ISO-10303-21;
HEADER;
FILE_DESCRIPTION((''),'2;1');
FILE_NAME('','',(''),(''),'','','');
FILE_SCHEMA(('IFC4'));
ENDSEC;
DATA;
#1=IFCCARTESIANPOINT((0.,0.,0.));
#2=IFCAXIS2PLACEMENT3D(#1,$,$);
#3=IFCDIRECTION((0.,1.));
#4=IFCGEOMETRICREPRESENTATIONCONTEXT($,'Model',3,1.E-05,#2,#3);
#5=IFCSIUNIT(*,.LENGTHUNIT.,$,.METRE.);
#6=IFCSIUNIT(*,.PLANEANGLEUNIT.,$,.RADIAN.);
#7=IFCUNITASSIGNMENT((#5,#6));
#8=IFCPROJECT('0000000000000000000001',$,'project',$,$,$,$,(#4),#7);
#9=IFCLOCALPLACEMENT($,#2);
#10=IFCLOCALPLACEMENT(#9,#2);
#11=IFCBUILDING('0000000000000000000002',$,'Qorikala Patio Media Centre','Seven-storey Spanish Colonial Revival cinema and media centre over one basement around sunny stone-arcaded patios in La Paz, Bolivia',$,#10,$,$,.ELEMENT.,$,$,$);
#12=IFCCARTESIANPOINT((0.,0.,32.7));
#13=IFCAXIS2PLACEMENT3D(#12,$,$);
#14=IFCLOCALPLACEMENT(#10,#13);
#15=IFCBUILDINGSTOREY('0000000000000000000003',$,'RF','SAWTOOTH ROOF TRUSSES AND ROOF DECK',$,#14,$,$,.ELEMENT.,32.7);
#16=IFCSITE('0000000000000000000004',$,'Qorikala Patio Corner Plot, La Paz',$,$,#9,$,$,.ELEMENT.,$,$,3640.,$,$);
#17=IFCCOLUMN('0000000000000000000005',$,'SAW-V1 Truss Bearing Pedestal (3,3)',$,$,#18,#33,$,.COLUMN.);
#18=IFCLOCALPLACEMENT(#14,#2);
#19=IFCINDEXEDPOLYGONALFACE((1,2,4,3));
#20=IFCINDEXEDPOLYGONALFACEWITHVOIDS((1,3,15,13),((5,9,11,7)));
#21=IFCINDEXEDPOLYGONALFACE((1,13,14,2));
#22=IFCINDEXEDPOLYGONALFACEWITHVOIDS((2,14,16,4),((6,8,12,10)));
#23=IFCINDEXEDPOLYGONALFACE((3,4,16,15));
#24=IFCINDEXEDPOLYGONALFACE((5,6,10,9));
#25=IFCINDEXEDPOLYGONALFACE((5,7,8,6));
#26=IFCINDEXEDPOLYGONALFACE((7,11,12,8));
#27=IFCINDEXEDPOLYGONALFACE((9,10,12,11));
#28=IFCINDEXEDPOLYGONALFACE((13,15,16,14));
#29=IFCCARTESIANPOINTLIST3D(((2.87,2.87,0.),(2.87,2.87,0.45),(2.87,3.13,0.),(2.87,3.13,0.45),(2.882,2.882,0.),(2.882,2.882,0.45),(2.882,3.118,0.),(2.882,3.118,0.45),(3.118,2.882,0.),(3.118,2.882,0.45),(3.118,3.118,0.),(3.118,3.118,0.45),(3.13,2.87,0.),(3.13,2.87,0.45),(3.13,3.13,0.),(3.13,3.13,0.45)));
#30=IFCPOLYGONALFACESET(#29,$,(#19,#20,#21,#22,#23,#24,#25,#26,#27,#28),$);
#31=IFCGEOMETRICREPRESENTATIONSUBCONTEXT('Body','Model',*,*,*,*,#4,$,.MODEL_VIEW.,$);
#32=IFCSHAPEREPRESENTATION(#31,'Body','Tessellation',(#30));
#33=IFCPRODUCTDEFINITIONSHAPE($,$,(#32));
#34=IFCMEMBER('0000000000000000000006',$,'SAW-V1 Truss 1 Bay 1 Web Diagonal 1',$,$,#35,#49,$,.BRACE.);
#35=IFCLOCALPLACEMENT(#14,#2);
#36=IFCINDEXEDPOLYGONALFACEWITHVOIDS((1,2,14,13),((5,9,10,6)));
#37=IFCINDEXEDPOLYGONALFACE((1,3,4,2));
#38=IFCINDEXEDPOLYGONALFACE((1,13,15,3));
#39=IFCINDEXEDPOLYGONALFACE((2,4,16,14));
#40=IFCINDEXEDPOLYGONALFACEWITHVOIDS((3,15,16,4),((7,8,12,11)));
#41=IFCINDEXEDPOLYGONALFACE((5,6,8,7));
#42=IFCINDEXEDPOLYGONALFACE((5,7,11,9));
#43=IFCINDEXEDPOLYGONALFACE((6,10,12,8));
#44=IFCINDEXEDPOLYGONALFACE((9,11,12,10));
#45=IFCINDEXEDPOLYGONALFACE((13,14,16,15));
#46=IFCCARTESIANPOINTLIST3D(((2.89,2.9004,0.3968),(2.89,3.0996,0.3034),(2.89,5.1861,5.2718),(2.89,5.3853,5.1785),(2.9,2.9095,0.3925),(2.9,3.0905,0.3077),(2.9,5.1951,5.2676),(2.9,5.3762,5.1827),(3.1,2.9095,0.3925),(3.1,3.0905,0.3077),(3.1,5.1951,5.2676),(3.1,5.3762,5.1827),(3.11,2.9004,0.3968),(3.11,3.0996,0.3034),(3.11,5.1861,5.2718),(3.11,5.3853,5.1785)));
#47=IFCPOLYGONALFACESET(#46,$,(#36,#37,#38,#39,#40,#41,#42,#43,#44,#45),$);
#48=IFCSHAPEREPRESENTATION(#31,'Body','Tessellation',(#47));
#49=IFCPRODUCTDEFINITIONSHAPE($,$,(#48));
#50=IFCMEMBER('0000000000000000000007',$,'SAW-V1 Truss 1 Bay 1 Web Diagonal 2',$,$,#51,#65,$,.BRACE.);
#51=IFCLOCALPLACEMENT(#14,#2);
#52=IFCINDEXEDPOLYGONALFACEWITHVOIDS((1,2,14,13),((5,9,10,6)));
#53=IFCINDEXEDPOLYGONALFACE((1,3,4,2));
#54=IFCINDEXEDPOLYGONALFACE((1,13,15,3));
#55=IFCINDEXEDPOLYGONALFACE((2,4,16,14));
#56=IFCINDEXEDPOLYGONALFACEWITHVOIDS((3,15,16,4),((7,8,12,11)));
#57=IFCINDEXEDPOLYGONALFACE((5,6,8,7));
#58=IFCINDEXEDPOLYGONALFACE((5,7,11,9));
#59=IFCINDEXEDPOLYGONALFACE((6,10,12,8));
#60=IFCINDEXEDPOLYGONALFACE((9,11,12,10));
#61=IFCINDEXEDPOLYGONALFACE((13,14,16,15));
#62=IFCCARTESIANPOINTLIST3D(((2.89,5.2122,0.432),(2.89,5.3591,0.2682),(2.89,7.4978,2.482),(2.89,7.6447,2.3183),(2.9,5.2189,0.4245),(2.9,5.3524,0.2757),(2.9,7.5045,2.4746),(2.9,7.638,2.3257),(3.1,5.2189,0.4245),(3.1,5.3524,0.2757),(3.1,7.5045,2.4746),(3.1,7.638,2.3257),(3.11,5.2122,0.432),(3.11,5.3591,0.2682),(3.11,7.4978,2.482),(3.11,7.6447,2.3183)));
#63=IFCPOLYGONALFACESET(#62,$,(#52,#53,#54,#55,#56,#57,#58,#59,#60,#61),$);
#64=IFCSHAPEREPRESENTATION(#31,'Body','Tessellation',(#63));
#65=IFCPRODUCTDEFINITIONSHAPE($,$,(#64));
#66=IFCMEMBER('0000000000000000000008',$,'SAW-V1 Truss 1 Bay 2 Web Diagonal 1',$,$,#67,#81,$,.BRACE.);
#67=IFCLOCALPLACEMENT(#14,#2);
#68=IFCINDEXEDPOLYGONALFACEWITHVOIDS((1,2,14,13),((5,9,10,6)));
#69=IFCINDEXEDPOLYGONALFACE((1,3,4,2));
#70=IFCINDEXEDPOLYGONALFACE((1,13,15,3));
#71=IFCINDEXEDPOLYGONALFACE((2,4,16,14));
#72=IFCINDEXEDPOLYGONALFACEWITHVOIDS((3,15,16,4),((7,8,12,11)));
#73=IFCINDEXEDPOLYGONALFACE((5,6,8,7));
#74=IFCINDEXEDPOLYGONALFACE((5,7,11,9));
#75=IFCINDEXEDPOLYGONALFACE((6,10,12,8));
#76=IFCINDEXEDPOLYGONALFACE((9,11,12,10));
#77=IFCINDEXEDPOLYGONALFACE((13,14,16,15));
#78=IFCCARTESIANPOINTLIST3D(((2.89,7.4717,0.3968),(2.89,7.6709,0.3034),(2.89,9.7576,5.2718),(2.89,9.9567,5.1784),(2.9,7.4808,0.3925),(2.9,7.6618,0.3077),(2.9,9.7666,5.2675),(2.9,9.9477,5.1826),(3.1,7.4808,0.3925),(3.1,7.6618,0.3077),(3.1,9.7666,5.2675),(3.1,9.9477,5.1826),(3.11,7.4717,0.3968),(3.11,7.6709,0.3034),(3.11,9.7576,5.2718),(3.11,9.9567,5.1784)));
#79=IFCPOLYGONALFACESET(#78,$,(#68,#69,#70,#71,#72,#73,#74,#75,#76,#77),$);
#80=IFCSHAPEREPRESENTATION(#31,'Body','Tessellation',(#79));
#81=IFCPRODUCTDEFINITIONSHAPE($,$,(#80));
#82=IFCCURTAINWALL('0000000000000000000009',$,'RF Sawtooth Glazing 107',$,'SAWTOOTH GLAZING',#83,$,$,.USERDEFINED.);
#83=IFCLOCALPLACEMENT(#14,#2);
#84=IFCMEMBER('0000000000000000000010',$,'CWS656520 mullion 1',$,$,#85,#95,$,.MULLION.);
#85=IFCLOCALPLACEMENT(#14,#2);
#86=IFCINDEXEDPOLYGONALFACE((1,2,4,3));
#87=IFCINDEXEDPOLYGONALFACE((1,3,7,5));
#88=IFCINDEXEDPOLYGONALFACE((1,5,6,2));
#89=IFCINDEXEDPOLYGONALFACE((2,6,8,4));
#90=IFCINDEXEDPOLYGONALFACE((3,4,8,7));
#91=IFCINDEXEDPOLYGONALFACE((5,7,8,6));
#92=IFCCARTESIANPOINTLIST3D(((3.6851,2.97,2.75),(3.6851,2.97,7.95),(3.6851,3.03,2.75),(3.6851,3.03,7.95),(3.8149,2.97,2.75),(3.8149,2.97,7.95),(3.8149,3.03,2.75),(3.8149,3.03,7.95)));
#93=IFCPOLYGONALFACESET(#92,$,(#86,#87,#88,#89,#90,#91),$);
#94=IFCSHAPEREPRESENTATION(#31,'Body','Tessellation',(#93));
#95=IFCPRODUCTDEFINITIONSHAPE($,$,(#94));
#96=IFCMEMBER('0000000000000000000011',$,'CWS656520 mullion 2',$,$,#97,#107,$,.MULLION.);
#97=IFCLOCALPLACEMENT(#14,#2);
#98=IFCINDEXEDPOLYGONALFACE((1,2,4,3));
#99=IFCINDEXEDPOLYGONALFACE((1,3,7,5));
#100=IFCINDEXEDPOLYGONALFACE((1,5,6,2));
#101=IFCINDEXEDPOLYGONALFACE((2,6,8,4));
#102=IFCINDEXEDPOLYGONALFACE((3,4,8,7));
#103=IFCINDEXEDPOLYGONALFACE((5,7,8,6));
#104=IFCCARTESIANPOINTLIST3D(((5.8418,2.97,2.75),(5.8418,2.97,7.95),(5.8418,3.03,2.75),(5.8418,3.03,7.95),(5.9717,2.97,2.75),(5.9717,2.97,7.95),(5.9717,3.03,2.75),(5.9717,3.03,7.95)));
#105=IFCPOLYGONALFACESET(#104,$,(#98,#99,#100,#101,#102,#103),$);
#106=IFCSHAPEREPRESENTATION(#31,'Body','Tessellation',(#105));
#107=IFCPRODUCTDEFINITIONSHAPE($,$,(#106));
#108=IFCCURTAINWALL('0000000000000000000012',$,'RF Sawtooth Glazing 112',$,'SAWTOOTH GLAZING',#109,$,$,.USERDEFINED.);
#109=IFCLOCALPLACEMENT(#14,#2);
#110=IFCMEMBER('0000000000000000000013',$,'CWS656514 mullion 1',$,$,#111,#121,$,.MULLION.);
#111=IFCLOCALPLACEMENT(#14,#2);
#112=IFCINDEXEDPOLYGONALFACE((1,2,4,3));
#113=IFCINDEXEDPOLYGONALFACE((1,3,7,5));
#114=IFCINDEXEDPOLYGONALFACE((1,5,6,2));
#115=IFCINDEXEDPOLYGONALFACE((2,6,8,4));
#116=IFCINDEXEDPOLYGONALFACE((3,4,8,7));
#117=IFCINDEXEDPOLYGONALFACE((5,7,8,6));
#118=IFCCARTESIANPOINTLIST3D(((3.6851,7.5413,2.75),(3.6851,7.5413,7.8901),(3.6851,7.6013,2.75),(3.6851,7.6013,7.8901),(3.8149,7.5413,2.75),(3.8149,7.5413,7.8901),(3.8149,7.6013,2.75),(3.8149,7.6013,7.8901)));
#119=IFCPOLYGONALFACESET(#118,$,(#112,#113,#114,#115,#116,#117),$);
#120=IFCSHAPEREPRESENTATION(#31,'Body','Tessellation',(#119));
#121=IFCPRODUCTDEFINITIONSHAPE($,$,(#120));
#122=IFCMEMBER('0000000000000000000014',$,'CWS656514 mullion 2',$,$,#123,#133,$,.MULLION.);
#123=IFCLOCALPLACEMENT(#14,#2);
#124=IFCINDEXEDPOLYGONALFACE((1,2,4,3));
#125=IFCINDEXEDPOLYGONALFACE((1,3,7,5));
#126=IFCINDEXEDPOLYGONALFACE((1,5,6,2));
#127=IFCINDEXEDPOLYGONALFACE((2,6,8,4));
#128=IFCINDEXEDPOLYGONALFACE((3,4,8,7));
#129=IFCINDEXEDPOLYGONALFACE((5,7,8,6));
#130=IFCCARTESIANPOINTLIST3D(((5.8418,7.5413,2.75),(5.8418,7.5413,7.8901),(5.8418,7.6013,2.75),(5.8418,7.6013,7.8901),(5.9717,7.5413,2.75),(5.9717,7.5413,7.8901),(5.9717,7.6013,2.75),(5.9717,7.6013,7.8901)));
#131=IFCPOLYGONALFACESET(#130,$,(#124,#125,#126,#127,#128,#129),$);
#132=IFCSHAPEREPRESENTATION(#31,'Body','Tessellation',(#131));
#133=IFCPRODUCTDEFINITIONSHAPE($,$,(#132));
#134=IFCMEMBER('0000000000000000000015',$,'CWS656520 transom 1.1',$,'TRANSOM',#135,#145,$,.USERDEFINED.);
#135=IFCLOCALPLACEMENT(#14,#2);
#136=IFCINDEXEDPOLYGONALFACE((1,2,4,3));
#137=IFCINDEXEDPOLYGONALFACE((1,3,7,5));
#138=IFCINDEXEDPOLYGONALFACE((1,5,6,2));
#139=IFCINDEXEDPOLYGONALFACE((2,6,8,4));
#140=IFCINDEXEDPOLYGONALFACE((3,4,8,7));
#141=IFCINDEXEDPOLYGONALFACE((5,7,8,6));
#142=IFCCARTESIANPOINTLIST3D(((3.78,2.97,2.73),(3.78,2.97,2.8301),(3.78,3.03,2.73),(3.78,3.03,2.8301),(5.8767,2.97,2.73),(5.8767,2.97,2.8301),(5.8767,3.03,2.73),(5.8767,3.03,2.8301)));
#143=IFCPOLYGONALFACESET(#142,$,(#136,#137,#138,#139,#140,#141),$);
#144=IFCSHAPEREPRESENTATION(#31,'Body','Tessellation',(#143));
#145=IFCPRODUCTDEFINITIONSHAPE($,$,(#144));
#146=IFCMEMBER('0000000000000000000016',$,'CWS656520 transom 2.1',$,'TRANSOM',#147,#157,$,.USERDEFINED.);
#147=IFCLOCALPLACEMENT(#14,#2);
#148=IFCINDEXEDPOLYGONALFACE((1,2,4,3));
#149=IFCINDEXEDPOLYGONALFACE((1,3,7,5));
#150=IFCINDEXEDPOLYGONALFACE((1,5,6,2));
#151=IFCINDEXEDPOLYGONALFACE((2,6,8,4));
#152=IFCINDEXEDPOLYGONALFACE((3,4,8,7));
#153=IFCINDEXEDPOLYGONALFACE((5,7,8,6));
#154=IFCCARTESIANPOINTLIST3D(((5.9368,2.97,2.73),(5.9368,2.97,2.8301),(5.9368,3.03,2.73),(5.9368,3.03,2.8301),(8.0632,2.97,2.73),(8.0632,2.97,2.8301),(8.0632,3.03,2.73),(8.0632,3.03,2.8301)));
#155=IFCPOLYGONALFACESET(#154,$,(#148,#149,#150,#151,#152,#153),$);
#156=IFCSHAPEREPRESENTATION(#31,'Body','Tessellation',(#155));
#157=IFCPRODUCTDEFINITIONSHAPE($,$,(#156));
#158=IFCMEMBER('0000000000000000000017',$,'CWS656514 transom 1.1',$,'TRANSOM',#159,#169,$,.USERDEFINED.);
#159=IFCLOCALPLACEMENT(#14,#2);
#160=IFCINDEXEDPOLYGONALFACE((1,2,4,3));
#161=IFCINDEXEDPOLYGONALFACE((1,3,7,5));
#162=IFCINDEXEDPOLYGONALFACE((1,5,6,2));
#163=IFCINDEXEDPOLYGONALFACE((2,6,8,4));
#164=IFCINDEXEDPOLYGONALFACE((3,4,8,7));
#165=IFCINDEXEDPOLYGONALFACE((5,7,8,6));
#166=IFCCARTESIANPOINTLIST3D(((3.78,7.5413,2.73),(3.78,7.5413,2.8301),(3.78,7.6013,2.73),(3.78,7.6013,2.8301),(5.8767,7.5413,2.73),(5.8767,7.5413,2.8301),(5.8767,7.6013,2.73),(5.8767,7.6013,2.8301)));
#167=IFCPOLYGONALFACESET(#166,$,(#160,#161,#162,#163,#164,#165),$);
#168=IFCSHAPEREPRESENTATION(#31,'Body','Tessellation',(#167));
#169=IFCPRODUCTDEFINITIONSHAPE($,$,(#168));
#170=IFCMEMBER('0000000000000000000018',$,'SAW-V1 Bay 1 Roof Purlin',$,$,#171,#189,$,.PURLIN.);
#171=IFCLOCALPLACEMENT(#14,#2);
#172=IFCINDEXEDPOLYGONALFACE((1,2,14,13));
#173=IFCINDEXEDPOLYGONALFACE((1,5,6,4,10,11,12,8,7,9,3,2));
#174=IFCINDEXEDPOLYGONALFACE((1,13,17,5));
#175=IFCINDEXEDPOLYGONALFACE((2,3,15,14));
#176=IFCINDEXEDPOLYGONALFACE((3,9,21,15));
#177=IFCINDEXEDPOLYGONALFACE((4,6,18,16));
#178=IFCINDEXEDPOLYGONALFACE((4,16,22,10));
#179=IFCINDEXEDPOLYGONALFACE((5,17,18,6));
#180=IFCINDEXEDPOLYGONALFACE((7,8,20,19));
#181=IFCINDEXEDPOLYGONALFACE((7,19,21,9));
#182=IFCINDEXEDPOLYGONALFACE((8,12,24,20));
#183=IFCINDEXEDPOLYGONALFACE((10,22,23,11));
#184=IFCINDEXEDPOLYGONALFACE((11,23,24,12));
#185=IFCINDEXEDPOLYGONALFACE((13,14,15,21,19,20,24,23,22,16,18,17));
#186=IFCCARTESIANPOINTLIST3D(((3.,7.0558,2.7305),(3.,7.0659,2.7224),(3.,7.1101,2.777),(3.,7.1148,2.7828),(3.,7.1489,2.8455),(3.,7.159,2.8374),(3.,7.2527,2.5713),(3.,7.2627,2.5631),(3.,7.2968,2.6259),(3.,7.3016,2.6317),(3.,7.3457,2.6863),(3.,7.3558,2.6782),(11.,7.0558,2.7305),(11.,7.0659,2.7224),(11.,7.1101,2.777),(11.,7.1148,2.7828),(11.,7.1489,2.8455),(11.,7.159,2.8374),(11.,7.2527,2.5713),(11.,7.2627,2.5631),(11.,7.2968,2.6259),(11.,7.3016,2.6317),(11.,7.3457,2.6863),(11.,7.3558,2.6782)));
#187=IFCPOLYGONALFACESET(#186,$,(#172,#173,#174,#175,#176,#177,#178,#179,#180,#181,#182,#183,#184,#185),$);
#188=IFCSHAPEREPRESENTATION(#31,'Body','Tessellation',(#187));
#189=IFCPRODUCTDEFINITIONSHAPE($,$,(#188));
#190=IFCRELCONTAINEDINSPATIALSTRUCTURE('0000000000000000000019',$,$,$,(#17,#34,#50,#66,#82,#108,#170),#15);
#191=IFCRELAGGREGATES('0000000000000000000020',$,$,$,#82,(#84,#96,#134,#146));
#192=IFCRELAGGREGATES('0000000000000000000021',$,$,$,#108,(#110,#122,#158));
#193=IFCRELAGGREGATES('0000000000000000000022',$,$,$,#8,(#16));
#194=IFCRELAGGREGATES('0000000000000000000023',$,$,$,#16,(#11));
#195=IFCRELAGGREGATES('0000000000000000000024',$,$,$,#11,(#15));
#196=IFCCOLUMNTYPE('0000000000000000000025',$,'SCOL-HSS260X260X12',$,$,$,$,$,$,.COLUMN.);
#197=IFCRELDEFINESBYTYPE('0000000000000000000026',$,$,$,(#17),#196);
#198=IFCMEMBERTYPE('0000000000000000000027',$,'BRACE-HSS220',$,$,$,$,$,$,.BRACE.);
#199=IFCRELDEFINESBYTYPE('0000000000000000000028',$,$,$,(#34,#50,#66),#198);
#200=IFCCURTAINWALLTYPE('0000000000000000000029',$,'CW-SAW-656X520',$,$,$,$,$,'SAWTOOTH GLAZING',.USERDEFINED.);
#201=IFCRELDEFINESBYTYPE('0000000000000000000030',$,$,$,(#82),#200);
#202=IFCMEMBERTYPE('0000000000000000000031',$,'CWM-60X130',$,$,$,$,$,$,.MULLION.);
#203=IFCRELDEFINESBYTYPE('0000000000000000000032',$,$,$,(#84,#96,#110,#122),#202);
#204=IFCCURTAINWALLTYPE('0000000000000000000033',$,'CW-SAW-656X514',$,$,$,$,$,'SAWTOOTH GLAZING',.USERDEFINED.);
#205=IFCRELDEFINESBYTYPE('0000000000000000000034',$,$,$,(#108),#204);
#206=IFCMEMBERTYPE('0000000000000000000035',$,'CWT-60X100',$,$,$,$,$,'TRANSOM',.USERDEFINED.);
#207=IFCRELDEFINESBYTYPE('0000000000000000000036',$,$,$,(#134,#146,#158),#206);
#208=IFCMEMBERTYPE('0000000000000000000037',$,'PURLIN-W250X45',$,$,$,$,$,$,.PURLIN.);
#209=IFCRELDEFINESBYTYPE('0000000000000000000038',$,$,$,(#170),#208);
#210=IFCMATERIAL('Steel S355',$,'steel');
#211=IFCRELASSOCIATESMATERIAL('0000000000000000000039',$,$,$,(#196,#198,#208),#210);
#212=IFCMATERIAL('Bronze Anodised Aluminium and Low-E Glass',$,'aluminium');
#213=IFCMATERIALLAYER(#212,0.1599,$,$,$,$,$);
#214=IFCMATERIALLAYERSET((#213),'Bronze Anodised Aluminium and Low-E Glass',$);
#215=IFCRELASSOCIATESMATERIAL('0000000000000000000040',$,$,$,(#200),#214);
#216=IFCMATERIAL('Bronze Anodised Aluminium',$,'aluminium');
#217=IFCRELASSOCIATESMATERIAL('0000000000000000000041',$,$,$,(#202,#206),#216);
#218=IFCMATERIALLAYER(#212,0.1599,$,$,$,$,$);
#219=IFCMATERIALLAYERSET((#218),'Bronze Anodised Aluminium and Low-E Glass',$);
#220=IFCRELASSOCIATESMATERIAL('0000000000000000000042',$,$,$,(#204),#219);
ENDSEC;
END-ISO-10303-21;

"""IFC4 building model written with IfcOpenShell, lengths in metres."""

from ifc_helpers import new_model, si_unit, direction, frame, origin, origin_2d, place, context, subcontext, project, spatial, rectangle, hollow_rectangle, i_section, extrude, material, layer, layer_set, material_profile, profile_set, type_object, element, aggregate, save


model = new_model("IFC4")

# Units and contexts
model_context = context("Model", 3, precision=1e-05, world=origin(), true_north=direction((0.0, 1.0)))
body_context = subcontext(model_context, "Body", "Model", "MODEL_VIEW")
ifc_project = project(units=[si_unit("LENGTHUNIT", "METRE"), si_unit("PLANEANGLEUNIT", "RADIAN")], contexts=[model_context])

# Site, building, storey
site_placement = place(None, origin())
site = spatial("IfcSite", under=ifc_project, at=site_placement, Name="Qorikala Patio Corner Plot, La Paz", CompositionType="ELEMENT", RefElevation=3640.0)
building_placement = place(site_placement, origin())
building = spatial("IfcBuilding", under=site, at=building_placement, Name="Qorikala Patio Media Centre", Description="Seven-storey Spanish Colonial Revival cinema and media centre over one basement around sunny stone-arcaded patios in La Paz, Bolivia", CompositionType="ELEMENT")
storey_placement = place(building_placement, frame((0.0, 0.0, 32.7)))
storey = spatial("IfcBuildingStorey", under=building, at=storey_placement, Name="RF", Description="SAWTOOTH ROOF TRUSSES AND ROOF DECK", CompositionType="ELEMENT", Elevation=32.7)

# Column
ifc_material_1 = material(Name="Steel S355", Category="steel")
ifc_material_profile_1 = material_profile(ifc_material_1, hollow_rectangle(XDim=0.26, YDim=0.26, WallThickness=0.012, at=origin_2d()), Name="HSS260X260X12")
ifc_profile_set_1 = profile_set([ifc_material_profile_1], Name="Steel S355")
column_type = type_object("IfcColumnType", Name="SCOL-HSS260X260X12", PredefinedType="COLUMN", material=ifc_profile_set_1)
column_placement = place(storey_placement, frame((3.0, 3.0, 0.0), z_axis=(0.0, 0.0, 1.0), x_axis=(1.0, 0.0, 0.0)))
element("IfcColumn", 1, at=column_placement, inside=storey, type_object=column_type, Name="SAW-V1 Truss Bearing Pedestal (3,3)", PredefinedType="COLUMN", context=body_context, shape_type="SweptSolid", body=[
    extrude(hollow_rectangle(XDim=0.26, YDim=0.26, WallThickness=0.012, at=origin_2d()), origin(), (0.0, 0.0, 1.0), 0.45),
])

# Members
ifc_material_profile_2 = material_profile(ifc_material_1, hollow_rectangle(XDim=0.22, YDim=0.22, WallThickness=0.01, at=origin_2d()), Name="HSS220X220X10")
ifc_profile_set_2 = profile_set([ifc_material_profile_2], Name="Steel S355")
member_type_1 = type_object("IfcMemberType", Name="BRACE-HSS220", PredefinedType="BRACE", material=ifc_profile_set_2)
member_1_placement = place(storey_placement, frame((3.0, 3.0, 0.3501), z_axis=(0.0, 0.424508, 0.905424), x_axis=(-1.0, 0.0, 0.0)))
element("IfcMember", 2, at=member_1_placement, inside=storey, type_object=member_type_1, Name="SAW-V1 Truss 1 Bay 1 Web Diagonal 1", PredefinedType="BRACE", context=body_context, shape_type="SweptSolid", body=[
    extrude(hollow_rectangle(XDim=0.22, YDim=0.22, WallThickness=0.01, at=origin_2d()), origin(), (0.0, 0.0, 1.0), 5.3843),
])
member_2_placement = place(storey_placement, frame((3.0, 5.2856, 0.3501), z_axis=(0.0, 0.744432, 0.667699), x_axis=(-1.0, 0.0, 0.0)))
element("IfcMember", 3, at=member_2_placement, inside=storey, type_object=member_type_1, Name="SAW-V1 Truss 1 Bay 1 Web Diagonal 2", PredefinedType="BRACE", context=body_context, shape_type="SweptSolid", body=[
    extrude(hollow_rectangle(XDim=0.22, YDim=0.22, WallThickness=0.01, at=origin_2d()), origin(), (0.0, 0.0, 1.0), 3.0703),
])
member_3_placement = place(storey_placement, frame((3.0, 7.5713, 0.3501), z_axis=(0.0, 0.424545, 0.905407), x_axis=(-1.0, 0.0, 0.0)))
element("IfcMember", 4, at=member_3_placement, inside=storey, type_object=member_type_1, Name="SAW-V1 Truss 1 Bay 2 Web Diagonal 1", PredefinedType="BRACE", context=body_context, shape_type="SweptSolid", body=[
    extrude(hollow_rectangle(XDim=0.22, YDim=0.22, WallThickness=0.01, at=origin_2d()), origin(), (0.0, 0.0, 1.0), 5.3843),
])

# Curtain walls, members
ifc_material_2 = material(Name="Bronze Anodised Aluminium and Low-E Glass", Category="aluminium")
ifc_layer_1 = layer(ifc_material_2, 0.1599)
ifc_layer_set_1 = layer_set([ifc_layer_1], Name="Bronze Anodised Aluminium and Low-E Glass")
curtain_wall_type_1 = type_object("IfcCurtainWallType", Name="CW-SAW-656X520", ElementType="SAWTOOTH GLAZING", PredefinedType="USERDEFINED", material=ifc_layer_set_1)
curtain_wall_1_placement = place(storey_placement, origin())
curtain_wall_1 = element("IfcCurtainWall", 5, at=curtain_wall_1_placement, inside=storey, type_object=curtain_wall_type_1, Name="RF Sawtooth Glazing 107", ObjectType="SAWTOOTH GLAZING", PredefinedType="USERDEFINED")
ifc_material_3 = material(Name="Bronze Anodised Aluminium", Category="aluminium")
ifc_material_profile_3 = material_profile(ifc_material_3, rectangle(XDim=0.0601, YDim=0.1299, at=origin_2d()), Name="ALU MULLION 60x130")
ifc_profile_set_3 = profile_set([ifc_material_profile_3], Name="Bronze Anodised Aluminium")
member_type_2 = type_object("IfcMemberType", Name="CWM-60X130", PredefinedType="MULLION", material=ifc_profile_set_3)
member_4_placement = place(storey_placement, frame((3.75, 3.0, 2.75), z_axis=(0.0, 0.0, 1.0), x_axis=(0.0, 1.0, 0.0)))
member_4 = element("IfcMember", 6, at=member_4_placement, type_object=member_type_2, Name="CWS656520 mullion 1", PredefinedType="MULLION", context=body_context, shape_type="SweptSolid", body=[
    extrude(rectangle(XDim=0.0601, YDim=0.1299, at=origin_2d()), origin(), (0.0, 0.0, 1.0), 5.2),
])
member_5_placement = place(storey_placement, frame((5.9067, 3.0, 2.75), z_axis=(0.0, 0.0, 1.0), x_axis=(0.0, 1.0, 0.0)))
member_5 = element("IfcMember", 7, at=member_5_placement, type_object=member_type_2, Name="CWS656520 mullion 2", PredefinedType="MULLION", context=body_context, shape_type="SweptSolid", body=[
    extrude(rectangle(XDim=0.0601, YDim=0.1299, at=origin_2d()), origin(), (0.0, 0.0, 1.0), 5.2),
])
ifc_layer_2 = layer(ifc_material_2, 0.1599)
ifc_layer_set_2 = layer_set([ifc_layer_2], Name="Bronze Anodised Aluminium and Low-E Glass")
curtain_wall_type_2 = type_object("IfcCurtainWallType", Name="CW-SAW-656X514", ElementType="SAWTOOTH GLAZING", PredefinedType="USERDEFINED", material=ifc_layer_set_2)
curtain_wall_2_placement = place(storey_placement, origin())
curtain_wall_2 = element("IfcCurtainWall", 8, at=curtain_wall_2_placement, inside=storey, type_object=curtain_wall_type_2, Name="RF Sawtooth Glazing 112", ObjectType="SAWTOOTH GLAZING", PredefinedType="USERDEFINED")
member_6_placement = place(storey_placement, frame((3.75, 7.5713, 2.75), z_axis=(0.0, 0.0, 1.0), x_axis=(0.0, 1.0, 0.0)))
member_6 = element("IfcMember", 9, at=member_6_placement, type_object=member_type_2, Name="CWS656514 mullion 1", PredefinedType="MULLION", context=body_context, shape_type="SweptSolid", body=[
    extrude(rectangle(XDim=0.0601, YDim=0.1299, at=origin_2d()), origin(), (0.0, 0.0, 1.0), 5.1401),
])
member_7_placement = place(storey_placement, frame((5.9067, 7.5713, 2.75), z_axis=(0.0, 0.0, 1.0), x_axis=(0.0, 1.0, 0.0)))
member_7 = element("IfcMember", 10, at=member_7_placement, type_object=member_type_2, Name="CWS656514 mullion 2", PredefinedType="MULLION", context=body_context, shape_type="SweptSolid", body=[
    extrude(rectangle(XDim=0.0601, YDim=0.1299, at=origin_2d()), origin(), (0.0, 0.0, 1.0), 5.1401),
])

# Members
ifc_material_profile_4 = material_profile(ifc_material_3, rectangle(XDim=0.0601, YDim=0.1001, at=origin_2d()), Name="ALU TRANSOM 60x100")
ifc_profile_set_4 = profile_set([ifc_material_profile_4], Name="Bronze Anodised Aluminium")
member_type_3 = type_object("IfcMemberType", Name="CWT-60X100", ElementType="TRANSOM", PredefinedType="USERDEFINED", material=ifc_profile_set_4)
member_8_placement = place(storey_placement, frame((3.78, 3.0, 2.78), z_axis=(1.0, 0.0, 0.0), x_axis=(0.0, 1.0, 0.0)))
member_8 = element("IfcMember", 11, at=member_8_placement, type_object=member_type_3, Name="CWS656520 transom 1.1", ObjectType="TRANSOM", PredefinedType="USERDEFINED", context=body_context, shape_type="SweptSolid", body=[
    extrude(rectangle(XDim=0.0601, YDim=0.1001, at=origin_2d()), origin(), (0.0, 0.0, 1.0), 2.0967),
])
member_9_placement = place(storey_placement, frame((5.9368, 3.0, 2.78), z_axis=(1.0, 0.0, 0.0), x_axis=(0.0, 1.0, 0.0)))
member_9 = element("IfcMember", 12, at=member_9_placement, type_object=member_type_3, Name="CWS656520 transom 2.1", ObjectType="TRANSOM", PredefinedType="USERDEFINED", context=body_context, shape_type="SweptSolid", body=[
    extrude(rectangle(XDim=0.0601, YDim=0.1001, at=origin_2d()), origin(), (0.0, 0.0, 1.0), 2.1265),
])
aggregate(curtain_wall_1, [member_4, member_5, member_8, member_9])
member_10_placement = place(storey_placement, frame((3.78, 7.5713, 2.78), z_axis=(1.0, 0.0, 0.0), x_axis=(0.0, 1.0, 0.0)))
member_10 = element("IfcMember", 13, at=member_10_placement, type_object=member_type_3, Name="CWS656514 transom 1.1", ObjectType="TRANSOM", PredefinedType="USERDEFINED", context=body_context, shape_type="SweptSolid", body=[
    extrude(rectangle(XDim=0.0601, YDim=0.1001, at=origin_2d()), origin(), (0.0, 0.0, 1.0), 2.0967),
])
aggregate(curtain_wall_2, [member_6, member_7, member_10])
ifc_material_profile_5 = material_profile(ifc_material_1, i_section(OverallWidth=0.1479, OverallDepth=0.2661, WebThickness=0.0076, FlangeThickness=0.0129, at=origin_2d()), Name="W250X45")
ifc_profile_set_5 = profile_set([ifc_material_profile_5], Name="Steel S355")
member_type_4 = type_object("IfcMemberType", Name="PURLIN-W250X45", PredefinedType="PURLIN", material=ifc_profile_set_5)
member_11_placement = place(storey_placement, frame((3.0, 7.2058, 2.7043), z_axis=(1.0, 0.0, 0.0), x_axis=(0.0, 0.628995, 0.77741)))
element("IfcMember", 14, at=member_11_placement, inside=storey, type_object=member_type_4, Name="SAW-V1 Bay 1 Roof Purlin", PredefinedType="PURLIN", context=body_context, shape_type="SweptSolid", body=[
    extrude(i_section(OverallWidth=0.1479, OverallDepth=0.2661, WebThickness=0.0076, FlangeThickness=0.0129, at=origin_2d()), origin(), (0.0, 0.0, 1.0), 8.0),
])

save(model, "model.ifc")
